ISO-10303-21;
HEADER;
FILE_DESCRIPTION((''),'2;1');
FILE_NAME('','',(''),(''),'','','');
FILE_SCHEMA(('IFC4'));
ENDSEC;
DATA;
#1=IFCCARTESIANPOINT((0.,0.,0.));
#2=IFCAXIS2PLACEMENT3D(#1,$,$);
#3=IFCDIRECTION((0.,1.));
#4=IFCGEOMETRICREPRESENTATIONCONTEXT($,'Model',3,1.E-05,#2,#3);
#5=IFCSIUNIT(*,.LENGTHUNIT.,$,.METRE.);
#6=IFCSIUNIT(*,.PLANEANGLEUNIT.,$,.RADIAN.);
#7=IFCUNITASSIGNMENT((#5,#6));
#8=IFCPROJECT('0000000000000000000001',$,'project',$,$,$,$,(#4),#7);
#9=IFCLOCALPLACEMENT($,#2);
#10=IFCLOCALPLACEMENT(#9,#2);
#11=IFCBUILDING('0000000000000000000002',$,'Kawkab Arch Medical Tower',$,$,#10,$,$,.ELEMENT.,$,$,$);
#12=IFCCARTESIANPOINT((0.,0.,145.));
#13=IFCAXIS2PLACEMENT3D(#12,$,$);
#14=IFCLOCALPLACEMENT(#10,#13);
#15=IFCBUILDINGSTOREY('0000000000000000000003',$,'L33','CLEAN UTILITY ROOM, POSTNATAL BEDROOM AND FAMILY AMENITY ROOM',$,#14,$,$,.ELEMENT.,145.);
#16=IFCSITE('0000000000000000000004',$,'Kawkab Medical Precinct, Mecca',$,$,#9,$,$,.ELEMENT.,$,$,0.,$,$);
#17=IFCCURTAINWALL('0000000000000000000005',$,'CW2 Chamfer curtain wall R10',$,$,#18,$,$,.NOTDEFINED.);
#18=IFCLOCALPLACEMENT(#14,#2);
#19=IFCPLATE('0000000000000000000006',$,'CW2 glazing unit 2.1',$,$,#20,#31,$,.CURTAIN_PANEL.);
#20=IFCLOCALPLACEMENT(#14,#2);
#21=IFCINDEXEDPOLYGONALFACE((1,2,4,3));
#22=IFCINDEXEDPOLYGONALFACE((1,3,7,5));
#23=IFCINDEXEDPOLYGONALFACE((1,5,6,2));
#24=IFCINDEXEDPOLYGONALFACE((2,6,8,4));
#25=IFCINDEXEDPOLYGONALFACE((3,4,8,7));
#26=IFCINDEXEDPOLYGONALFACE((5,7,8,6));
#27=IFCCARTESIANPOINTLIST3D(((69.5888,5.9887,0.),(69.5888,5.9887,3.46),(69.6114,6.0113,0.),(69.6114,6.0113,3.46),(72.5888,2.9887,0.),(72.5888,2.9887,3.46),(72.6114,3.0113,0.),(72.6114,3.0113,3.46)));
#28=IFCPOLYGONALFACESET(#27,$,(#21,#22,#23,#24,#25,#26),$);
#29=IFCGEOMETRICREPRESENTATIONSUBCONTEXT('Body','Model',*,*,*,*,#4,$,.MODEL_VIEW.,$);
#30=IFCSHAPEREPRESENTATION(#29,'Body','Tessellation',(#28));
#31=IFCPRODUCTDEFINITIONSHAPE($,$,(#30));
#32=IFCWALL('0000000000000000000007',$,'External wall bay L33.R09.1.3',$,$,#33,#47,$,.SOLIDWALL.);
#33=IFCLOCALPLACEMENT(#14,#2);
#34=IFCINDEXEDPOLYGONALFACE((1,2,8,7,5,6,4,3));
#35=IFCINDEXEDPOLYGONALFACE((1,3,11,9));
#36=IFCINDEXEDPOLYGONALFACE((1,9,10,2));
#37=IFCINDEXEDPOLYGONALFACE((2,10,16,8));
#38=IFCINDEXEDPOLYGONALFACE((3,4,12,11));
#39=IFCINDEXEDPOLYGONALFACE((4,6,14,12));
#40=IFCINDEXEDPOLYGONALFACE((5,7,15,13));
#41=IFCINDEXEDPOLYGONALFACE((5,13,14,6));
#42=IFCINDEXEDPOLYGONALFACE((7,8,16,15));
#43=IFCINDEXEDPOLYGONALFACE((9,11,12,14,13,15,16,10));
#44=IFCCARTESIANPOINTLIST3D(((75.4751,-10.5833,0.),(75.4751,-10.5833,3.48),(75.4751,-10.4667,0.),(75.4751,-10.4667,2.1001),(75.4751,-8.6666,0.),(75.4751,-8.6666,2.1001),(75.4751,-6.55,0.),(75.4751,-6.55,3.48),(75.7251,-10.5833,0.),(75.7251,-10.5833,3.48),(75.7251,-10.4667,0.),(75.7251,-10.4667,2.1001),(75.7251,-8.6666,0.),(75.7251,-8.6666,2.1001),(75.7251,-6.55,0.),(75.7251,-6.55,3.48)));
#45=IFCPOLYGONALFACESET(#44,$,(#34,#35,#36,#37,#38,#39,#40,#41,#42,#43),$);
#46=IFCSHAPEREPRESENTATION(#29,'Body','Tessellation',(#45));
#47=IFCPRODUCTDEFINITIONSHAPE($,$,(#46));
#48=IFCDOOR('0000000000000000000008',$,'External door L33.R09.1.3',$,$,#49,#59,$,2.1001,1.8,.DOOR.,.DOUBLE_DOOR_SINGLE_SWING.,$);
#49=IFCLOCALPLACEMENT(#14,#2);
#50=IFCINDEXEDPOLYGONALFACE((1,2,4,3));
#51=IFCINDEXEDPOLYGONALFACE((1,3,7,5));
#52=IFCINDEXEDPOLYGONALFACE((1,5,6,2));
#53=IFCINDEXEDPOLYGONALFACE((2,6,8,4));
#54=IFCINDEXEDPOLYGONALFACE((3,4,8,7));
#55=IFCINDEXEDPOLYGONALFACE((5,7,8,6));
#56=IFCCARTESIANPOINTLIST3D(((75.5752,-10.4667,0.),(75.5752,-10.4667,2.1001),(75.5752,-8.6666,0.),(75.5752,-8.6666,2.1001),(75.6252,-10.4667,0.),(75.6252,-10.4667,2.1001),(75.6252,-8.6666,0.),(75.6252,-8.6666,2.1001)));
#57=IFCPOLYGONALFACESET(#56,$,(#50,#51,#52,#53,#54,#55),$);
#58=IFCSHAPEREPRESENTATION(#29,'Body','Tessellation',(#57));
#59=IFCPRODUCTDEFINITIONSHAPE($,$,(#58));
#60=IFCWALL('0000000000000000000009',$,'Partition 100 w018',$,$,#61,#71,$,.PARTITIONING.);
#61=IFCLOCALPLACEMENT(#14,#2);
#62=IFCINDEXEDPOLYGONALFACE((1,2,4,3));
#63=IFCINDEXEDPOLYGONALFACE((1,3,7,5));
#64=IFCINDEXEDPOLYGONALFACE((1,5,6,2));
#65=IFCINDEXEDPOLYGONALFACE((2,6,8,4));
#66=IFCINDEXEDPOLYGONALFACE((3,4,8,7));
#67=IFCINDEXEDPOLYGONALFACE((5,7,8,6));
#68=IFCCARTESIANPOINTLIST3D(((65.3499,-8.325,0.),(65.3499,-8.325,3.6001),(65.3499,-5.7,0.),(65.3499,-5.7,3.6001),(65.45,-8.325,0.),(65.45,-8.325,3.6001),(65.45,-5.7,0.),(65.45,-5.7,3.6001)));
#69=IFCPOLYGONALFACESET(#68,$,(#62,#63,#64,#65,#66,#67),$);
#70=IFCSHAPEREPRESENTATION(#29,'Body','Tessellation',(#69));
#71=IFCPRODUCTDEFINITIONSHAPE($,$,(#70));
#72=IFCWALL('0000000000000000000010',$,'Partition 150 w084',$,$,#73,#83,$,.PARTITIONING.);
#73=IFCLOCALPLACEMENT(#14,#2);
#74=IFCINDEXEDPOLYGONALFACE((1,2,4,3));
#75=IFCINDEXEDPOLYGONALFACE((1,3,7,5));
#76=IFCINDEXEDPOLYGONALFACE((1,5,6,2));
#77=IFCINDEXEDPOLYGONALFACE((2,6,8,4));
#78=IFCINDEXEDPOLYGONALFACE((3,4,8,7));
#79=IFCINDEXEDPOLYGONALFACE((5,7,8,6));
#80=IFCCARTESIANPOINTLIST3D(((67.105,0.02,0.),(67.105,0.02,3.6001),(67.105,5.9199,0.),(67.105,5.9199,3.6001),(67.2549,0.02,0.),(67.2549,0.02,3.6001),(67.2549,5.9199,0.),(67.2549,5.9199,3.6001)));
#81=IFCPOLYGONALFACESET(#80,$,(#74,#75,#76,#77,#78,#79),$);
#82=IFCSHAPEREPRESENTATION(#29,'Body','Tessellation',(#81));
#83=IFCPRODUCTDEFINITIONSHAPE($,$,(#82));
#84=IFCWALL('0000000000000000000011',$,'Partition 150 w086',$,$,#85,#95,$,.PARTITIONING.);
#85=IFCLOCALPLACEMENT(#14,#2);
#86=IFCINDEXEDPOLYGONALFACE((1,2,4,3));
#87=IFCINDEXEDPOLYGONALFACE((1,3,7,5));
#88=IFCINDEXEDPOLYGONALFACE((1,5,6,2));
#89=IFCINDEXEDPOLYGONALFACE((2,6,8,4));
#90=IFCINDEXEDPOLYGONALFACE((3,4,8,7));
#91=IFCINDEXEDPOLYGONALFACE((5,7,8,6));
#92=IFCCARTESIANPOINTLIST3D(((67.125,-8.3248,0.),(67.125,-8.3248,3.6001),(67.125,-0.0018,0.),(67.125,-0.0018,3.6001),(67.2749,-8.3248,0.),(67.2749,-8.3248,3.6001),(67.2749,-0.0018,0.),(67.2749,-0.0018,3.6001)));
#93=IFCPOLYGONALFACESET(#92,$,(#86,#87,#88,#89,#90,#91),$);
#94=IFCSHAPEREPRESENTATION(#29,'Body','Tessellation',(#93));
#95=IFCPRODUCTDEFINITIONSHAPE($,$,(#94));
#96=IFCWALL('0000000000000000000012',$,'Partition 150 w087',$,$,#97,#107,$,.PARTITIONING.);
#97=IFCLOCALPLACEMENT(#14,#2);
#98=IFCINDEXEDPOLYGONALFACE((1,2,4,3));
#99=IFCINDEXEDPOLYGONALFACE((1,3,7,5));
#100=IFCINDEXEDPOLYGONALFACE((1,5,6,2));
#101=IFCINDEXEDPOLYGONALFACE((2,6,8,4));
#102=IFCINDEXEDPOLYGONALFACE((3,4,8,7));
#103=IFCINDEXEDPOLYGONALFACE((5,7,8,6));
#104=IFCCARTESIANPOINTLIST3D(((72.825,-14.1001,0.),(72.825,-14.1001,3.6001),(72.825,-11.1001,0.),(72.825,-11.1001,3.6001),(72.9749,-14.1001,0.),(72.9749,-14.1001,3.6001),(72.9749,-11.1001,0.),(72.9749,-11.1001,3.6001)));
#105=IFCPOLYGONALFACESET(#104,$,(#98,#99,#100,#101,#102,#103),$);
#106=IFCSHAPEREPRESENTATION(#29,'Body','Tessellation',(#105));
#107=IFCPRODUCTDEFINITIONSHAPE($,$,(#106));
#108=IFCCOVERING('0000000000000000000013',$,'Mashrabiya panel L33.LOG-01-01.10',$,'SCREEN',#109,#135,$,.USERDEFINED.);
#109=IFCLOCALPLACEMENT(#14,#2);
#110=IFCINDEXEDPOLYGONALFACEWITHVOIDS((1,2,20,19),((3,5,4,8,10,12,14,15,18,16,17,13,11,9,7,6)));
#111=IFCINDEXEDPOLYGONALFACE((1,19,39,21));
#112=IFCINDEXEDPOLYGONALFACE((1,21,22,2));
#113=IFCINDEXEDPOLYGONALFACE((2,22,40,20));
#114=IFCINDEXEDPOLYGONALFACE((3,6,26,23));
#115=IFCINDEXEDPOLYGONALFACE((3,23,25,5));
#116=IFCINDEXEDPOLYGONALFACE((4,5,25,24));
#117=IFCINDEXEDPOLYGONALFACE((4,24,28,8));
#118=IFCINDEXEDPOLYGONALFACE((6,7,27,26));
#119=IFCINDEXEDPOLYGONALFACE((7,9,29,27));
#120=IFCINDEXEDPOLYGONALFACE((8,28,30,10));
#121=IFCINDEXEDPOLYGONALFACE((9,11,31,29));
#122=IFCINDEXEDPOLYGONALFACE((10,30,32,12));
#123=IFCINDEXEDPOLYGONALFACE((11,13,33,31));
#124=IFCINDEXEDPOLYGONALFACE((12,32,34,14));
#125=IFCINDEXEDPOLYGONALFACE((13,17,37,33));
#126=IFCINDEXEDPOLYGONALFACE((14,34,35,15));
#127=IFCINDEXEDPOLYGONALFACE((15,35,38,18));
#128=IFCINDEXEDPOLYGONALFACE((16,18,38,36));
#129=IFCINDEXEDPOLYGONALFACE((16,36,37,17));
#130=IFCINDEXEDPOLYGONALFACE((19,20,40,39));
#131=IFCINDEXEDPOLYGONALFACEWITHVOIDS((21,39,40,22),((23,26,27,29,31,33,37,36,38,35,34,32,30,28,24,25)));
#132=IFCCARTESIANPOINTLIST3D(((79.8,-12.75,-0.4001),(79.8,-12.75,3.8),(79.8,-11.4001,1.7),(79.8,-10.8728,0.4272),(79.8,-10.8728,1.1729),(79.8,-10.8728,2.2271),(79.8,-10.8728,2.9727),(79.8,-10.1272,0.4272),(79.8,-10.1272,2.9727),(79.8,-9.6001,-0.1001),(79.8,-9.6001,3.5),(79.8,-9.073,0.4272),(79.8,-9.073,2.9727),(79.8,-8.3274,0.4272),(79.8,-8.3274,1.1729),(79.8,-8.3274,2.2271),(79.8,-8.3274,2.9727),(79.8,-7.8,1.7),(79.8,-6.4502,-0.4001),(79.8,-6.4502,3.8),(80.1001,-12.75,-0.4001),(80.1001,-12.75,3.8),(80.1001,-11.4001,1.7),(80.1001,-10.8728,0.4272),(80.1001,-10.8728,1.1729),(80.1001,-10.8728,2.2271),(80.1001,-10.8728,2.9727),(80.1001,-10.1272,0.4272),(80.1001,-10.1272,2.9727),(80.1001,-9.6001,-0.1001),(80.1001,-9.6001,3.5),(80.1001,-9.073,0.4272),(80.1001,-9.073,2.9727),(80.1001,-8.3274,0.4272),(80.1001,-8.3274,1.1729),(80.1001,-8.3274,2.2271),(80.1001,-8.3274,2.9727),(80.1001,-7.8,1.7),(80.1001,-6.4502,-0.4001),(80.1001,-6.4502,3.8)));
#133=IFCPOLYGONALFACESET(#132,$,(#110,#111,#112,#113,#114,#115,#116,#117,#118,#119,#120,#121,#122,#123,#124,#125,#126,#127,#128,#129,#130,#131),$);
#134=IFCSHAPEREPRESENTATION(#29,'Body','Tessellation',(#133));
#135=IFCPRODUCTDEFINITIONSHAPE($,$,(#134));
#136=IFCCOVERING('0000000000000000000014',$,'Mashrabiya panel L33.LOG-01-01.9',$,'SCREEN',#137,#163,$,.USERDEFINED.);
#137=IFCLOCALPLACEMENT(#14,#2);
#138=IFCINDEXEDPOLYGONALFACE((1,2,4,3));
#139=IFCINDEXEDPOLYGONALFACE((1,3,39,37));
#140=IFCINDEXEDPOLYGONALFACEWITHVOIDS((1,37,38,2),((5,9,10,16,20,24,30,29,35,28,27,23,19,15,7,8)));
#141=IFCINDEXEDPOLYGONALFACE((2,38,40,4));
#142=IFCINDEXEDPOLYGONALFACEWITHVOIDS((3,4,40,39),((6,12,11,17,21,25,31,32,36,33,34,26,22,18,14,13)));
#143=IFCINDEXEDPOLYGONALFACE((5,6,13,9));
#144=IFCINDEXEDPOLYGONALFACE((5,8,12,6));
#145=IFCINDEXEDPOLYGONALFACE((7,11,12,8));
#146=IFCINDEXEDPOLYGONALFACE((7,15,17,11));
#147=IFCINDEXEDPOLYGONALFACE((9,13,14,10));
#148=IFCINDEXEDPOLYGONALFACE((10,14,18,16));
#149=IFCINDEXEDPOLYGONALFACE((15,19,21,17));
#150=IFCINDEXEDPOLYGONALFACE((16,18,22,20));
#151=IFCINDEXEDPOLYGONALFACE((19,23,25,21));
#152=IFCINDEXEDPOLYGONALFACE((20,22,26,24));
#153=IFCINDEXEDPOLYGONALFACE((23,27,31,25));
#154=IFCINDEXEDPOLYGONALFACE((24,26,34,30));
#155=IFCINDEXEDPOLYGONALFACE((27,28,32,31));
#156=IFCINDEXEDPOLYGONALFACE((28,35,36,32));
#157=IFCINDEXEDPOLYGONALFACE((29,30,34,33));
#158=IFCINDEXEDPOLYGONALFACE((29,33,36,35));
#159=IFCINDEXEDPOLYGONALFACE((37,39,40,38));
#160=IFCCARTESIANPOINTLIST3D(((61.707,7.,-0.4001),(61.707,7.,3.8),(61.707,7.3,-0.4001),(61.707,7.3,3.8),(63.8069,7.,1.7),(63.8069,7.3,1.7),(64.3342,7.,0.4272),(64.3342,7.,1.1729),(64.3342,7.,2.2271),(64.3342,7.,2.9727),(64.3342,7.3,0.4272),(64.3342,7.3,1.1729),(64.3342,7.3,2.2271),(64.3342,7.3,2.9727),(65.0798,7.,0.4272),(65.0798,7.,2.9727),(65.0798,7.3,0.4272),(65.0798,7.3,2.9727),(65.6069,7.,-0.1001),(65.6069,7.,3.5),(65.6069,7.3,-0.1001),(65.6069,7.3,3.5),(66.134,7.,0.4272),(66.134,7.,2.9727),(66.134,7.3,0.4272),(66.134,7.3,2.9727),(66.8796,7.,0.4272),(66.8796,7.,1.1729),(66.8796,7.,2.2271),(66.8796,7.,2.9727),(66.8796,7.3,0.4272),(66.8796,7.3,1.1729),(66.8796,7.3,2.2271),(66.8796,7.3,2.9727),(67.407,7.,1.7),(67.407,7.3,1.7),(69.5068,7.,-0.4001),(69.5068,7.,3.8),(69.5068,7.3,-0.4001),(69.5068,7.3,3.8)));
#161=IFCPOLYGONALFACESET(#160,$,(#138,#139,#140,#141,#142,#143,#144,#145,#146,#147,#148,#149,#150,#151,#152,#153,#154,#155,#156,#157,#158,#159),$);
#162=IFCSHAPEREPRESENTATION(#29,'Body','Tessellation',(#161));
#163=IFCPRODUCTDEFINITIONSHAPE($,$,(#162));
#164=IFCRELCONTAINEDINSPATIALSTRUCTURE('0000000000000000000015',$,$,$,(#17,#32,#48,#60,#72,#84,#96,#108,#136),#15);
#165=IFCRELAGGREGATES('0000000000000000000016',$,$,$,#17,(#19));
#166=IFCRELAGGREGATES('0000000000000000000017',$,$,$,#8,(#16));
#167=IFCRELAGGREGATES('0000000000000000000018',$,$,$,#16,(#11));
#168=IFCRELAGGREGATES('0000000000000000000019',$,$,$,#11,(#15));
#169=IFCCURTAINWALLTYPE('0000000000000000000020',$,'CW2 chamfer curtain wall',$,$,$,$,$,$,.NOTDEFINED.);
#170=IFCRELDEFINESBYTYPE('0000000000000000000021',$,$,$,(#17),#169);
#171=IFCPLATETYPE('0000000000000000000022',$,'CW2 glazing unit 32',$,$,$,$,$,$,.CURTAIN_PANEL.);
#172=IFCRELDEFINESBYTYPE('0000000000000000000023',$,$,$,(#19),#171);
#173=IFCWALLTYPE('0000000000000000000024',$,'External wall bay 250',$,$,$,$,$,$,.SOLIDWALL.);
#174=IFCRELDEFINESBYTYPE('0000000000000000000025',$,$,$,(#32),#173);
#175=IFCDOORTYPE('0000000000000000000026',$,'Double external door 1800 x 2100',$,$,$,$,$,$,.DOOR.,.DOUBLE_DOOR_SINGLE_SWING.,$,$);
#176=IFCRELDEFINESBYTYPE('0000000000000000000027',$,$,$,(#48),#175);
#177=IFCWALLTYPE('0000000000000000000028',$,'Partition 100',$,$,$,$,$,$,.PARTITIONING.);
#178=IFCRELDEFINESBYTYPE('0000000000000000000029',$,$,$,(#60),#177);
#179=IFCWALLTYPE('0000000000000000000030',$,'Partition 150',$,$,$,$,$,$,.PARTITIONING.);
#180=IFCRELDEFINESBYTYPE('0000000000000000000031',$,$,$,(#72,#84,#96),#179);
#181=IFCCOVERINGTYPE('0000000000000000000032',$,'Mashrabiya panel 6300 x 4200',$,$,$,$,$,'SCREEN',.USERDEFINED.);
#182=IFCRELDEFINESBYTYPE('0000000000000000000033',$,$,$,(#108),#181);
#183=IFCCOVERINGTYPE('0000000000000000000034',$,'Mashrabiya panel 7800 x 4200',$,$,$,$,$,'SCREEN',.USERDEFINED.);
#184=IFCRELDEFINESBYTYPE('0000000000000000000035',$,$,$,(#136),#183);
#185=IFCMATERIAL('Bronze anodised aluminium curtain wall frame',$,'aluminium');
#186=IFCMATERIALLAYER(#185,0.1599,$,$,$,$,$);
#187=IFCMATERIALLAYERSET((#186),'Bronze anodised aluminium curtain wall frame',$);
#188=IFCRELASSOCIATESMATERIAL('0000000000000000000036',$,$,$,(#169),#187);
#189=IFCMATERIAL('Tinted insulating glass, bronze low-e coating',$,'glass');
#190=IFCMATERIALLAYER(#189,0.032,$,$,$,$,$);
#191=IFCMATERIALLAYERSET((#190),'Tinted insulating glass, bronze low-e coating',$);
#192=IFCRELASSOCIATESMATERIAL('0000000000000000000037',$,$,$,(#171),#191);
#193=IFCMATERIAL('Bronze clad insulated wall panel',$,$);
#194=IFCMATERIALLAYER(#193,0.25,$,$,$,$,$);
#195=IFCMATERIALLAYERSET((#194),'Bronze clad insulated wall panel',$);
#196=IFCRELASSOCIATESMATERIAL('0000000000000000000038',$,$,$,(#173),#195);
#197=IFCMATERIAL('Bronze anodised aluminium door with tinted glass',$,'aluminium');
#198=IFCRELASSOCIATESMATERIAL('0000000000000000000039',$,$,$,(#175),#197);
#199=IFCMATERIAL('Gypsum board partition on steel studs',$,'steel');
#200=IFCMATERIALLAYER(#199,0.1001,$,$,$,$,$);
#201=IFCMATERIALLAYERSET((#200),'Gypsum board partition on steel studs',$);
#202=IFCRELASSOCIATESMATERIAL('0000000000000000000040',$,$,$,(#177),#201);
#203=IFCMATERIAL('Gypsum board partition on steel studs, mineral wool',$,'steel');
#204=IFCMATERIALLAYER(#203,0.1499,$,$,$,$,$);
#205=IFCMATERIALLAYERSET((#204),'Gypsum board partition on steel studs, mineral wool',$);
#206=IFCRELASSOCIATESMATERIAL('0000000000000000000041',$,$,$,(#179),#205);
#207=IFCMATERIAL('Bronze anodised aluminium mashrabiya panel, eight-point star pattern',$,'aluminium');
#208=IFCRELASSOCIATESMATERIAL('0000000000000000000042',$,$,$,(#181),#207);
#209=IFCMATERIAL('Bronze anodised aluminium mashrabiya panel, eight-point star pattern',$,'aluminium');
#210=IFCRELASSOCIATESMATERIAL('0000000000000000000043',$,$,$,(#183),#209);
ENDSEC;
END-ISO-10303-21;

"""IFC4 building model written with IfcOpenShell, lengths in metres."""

from ifc_helpers import new_model, si_unit, direction, frame, frame_2d, origin, origin_2d, place, context, subcontext, project, spatial, polyline, rectangle, outline, extrude, material, layer, layer_set, material_profile, profile_set, type_object, element, fill, aggregate, save


model = new_model("IFC4")

# Units and contexts
model_context = context("Model", 3, precision=1e-05, world=origin(), true_north=direction((0.0, 1.0)))
body_context = subcontext(model_context, "Body", "Model", "MODEL_VIEW")
ifc_project = project(units=[si_unit("LENGTHUNIT", "METRE"), si_unit("PLANEANGLEUNIT", "RADIAN")], contexts=[model_context])

# Site, building, storey
site_placement = place(None, origin())
site = spatial("IfcSite", under=ifc_project, at=site_placement, Name="Kawkab Medical Precinct, Mecca", CompositionType="ELEMENT", RefElevation=0.0)
building_placement = place(site_placement, origin())
building = spatial("IfcBuilding", under=site, at=building_placement, Name="Kawkab Arch Medical Tower", CompositionType="ELEMENT")
storey_placement = place(building_placement, frame((0.0, 0.0, 145.0)))
storey = spatial("IfcBuildingStorey", under=building, at=storey_placement, Name="L33", Description="CLEAN UTILITY ROOM, POSTNATAL BEDROOM AND FAMILY AMENITY ROOM", CompositionType="ELEMENT", Elevation=145.0)

# Shared definitions
placement = place(storey_placement, origin())

# Curtain wall
ifc_material_1 = material(Name="Bronze anodised aluminium curtain wall frame", Category="aluminium")
ifc_layer_1 = layer(ifc_material_1, 0.1599)
ifc_layer_set_1 = layer_set([ifc_layer_1], Name="Bronze anodised aluminium curtain wall frame")
curtain_wall_type_1 = type_object("IfcCurtainWallType", Name="CW2 chamfer curtain wall", PredefinedType="NOTDEFINED", material=ifc_layer_set_1)
curtain_wall_1 = element("IfcCurtainWall", 1, at=placement, inside=storey, type_object=curtain_wall_type_1, Name="CW2 Chamfer curtain wall R10", PredefinedType="NOTDEFINED")

# Plate
ifc_material_2 = material(Name="Tinted insulating glass, bronze low-e coating", Category="glass")
ifc_layer_2 = layer(ifc_material_2, 0.032)
ifc_layer_set_2 = layer_set([ifc_layer_2], Name="Tinted insulating glass, bronze low-e coating")
plate_type_1 = type_object("IfcPlateType", Name="CW2 glazing unit 32", PredefinedType="CURTAIN_PANEL", material=ifc_layer_set_2)
plate_1_placement = place(storey_placement, frame((71.1001, 4.5, 0.0), z_axis=(0.0, 0.0, 1.0), x_axis=(-0.707107, 0.707107, 0.0)))
plate_1 = element("IfcPlate", 2, at=plate_1_placement, type_object=plate_type_1, Name="CW2 glazing unit 2.1", PredefinedType="CURTAIN_PANEL", context=body_context, shape_type="SweptSolid", body=[
    extrude(rectangle(XDim=4.2427, YDim=0.032, at=origin_2d()), origin(), (0.0, 0.0, 1.0), 3.46),
])
aggregate(curtain_wall_1, [plate_1])

# Wall, opening, door
ifc_material_3 = material(Name="Bronze clad insulated wall panel")
ifc_layer_3 = layer(ifc_material_3, 0.25)
ifc_layer_set_3 = layer_set([ifc_layer_3], Name="Bronze clad insulated wall panel")
wall_type_1 = type_object("IfcWallType", Name="External wall bay 250", PredefinedType="SOLIDWALL", material=ifc_layer_set_3)
wall_1_placement = place(storey_placement, frame((75.6001, -10.5833, 0.0), z_axis=(0.0, 0.0, 1.0), x_axis=(0.0, 1.0, 0.0)))
wall_1 = element("IfcWall", 3, at=wall_1_placement, inside=storey, type_object=wall_type_1, Name="External wall bay L33.R09.1.3", PredefinedType="SOLIDWALL", context=body_context, shape_type="SweptSolid", body=[
    extrude(rectangle(XDim=4.0332, YDim=0.25, at=frame_2d((2.0166, 0.0))), origin(), (0.0, 0.0, 1.0), 3.48),
])
opening_placement = place(wall_1_placement, frame((0.1167, 0.0, 0.0)))
opening = element("IfcOpeningElement", 4, at=opening_placement, cuts=wall_1, PredefinedType="OPENING", context=body_context, shape_type="SweptSolid", body=[
    extrude(rectangle(XDim=1.8, YDim=2.1001, at=frame_2d((0.8999, 1.05))), frame((0.0, 0.135, 0.0), z_axis=(0.0, -1.0, 0.0), x_axis=(1.0, 0.0, 0.0)), (0.0, 0.0, 1.0), 0.27),
])
ifc_material_4 = material(Name="Bronze anodised aluminium door with tinted glass", Category="aluminium")
door_type = type_object("IfcDoorType", Name="Double external door 1800 x 2100", OperationType="DOUBLE_DOOR_SINGLE_SWING", PredefinedType="DOOR", material=ifc_material_4)
door_placement = place(opening_placement, origin())
door = element("IfcDoor", 5, at=door_placement, inside=storey, type_object=door_type, Name="External door L33.R09.1.3", OperationType="DOUBLE_DOOR_SINGLE_SWING", OverallHeight=2.1001, OverallWidth=1.8, PredefinedType="DOOR", context=body_context, shape_type="SweptSolid", body=[
    extrude(rectangle(XDim=1.8, YDim=2.1001, at=frame_2d((0.8999, 1.05))), frame((0.0, 0.0249, 0.0), z_axis=(0.0, -1.0, 0.0), x_axis=(1.0, 0.0, 0.0)), (0.0, 0.0, 1.0), 0.05),
])
fill(opening, door)

# Walls
ifc_material_5 = material(Name="Gypsum board partition on steel studs", Category="steel")
ifc_layer_4 = layer(ifc_material_5, 0.1001)
ifc_layer_set_4 = layer_set([ifc_layer_4], Name="Gypsum board partition on steel studs")
wall_type_2 = type_object("IfcWallType", Name="Partition 100", PredefinedType="PARTITIONING", material=ifc_layer_set_4)
wall_2_placement = place(storey_placement, frame((65.3999, -8.325, 0.0), z_axis=(0.0, 0.0, 1.0), x_axis=(0.0, 1.0, 0.0)))
element("IfcWall", 6, at=wall_2_placement, inside=storey, type_object=wall_type_2, Name="Partition 100 w018", PredefinedType="PARTITIONING", context=body_context, shape_type="SweptSolid", body=[
    extrude(rectangle(XDim=2.625, YDim=0.1001, at=frame_2d((1.3125, 0.0))), origin(), (0.0, 0.0, 1.0), 3.6001),
])
ifc_material_6 = material(Name="Gypsum board partition on steel studs, mineral wool", Category="steel")
ifc_layer_5 = layer(ifc_material_6, 0.1499)
ifc_layer_set_5 = layer_set([ifc_layer_5], Name="Gypsum board partition on steel studs, mineral wool")
wall_type_3 = type_object("IfcWallType", Name="Partition 150", PredefinedType="PARTITIONING", material=ifc_layer_set_5)
wall_3_placement = place(storey_placement, frame((67.1799, 0.02, 0.0), z_axis=(0.0, 0.0, 1.0), x_axis=(0.0, 1.0, 0.0)))
element("IfcWall", 7, at=wall_3_placement, inside=storey, type_object=wall_type_3, Name="Partition 150 w084", PredefinedType="PARTITIONING", context=body_context, shape_type="SweptSolid", body=[
    extrude(rectangle(XDim=5.8999, YDim=0.1499, at=frame_2d((2.95, 0.0))), origin(), (0.0, 0.0, 1.0), 3.6001),
])
wall_4_placement = place(storey_placement, frame((67.2, -8.325, 0.0), z_axis=(0.0, 0.0, 1.0), x_axis=(0.0, 1.0, 0.0)))
element("IfcWall", 8, at=wall_4_placement, inside=storey, type_object=wall_type_3, Name="Partition 150 w086", PredefinedType="PARTITIONING", context=body_context, shape_type="SweptSolid", body=[
    extrude(rectangle(XDim=8.323, YDim=0.1499, at=frame_2d((4.1616, 0.0))), origin(), (0.0, 0.0, 1.0), 3.6001),
])
wall_5_placement = place(storey_placement, frame((72.8999, -14.1001, 0.0), z_axis=(0.0, 0.0, 1.0), x_axis=(0.0, 1.0, 0.0)))
element("IfcWall", 9, at=wall_5_placement, inside=storey, type_object=wall_type_3, Name="Partition 150 w087", PredefinedType="PARTITIONING", context=body_context, shape_type="SweptSolid", body=[
    extrude(rectangle(XDim=3.0, YDim=0.1499, at=frame_2d((1.5, 0.0))), origin(), (0.0, 0.0, 1.0), 3.6001),
])

# Coverings
ifc_material_7 = material(Name="Bronze anodised aluminium mashrabiya panel, eight-point star pattern", Category="aluminium")
ifc_material_profile_1 = material_profile(ifc_material_7, outline(polyline([(-3.1499, -2.1001), (3.1499, -2.1001), (3.1499, 2.1001), (-3.1499, 2.1001), (-3.1499, -2.1001)]), holes=[polyline([(1.8, 0.0), (1.2727, 0.5271), (1.2727, 1.2727), (0.5271, 1.2727), (0.0, 1.8), (-0.5271, 1.2727), (-1.2727, 1.2727), (-1.2727, 0.5271), (-1.8, 0.0), (-1.2727, -0.5271), (-1.2727, -1.2727), (-0.5271, -1.2727), (0.0, -1.8), (0.5271, -1.2727), (1.2727, -1.2727), (1.2727, -0.5271), (1.8, 0.0)])]), Name="Mashrabiya panel 6300x4200")
ifc_profile_set_1 = profile_set([ifc_material_profile_1], Name="Bronze anodised aluminium mashrabiya panel, eight-point star pattern")
covering_type_1 = type_object("IfcCoveringType", Name="Mashrabiya panel 6300 x 4200", ElementType="SCREEN", PredefinedType="USERDEFINED", material=ifc_profile_set_1)
covering_1_placement = place(storey_placement, frame((79.8, -9.6001, 1.7), z_axis=(1.0, 0.0, 0.0), x_axis=(0.0, 1.0, 0.0)))
element("IfcCovering", 10, at=covering_1_placement, inside=storey, type_object=covering_type_1, Name="Mashrabiya panel L33.LOG-01-01.10", ObjectType="SCREEN", PredefinedType="USERDEFINED", context=body_context, shape_type="SweptSolid", body=[
    extrude(outline(polyline([(-3.1499, -2.1001), (3.1499, -2.1001), (3.1499, 2.1001), (-3.1499, 2.1001), (-3.1499, -2.1001)]), holes=[polyline([(1.8, 0.0), (1.2727, 0.5271), (1.2727, 1.2727), (0.5271, 1.2727), (0.0, 1.8), (-0.5271, 1.2727), (-1.2727, 1.2727), (-1.2727, 0.5271), (-1.8, 0.0), (-1.2727, -0.5271), (-1.2727, -1.2727), (-0.5271, -1.2727), (0.0, -1.8), (0.5271, -1.2727), (1.2727, -1.2727), (1.2727, -0.5271), (1.8, 0.0)])]), origin(), (0.0, 0.0, 1.0), 0.3),
])
ifc_material_8 = material(Name="Bronze anodised aluminium mashrabiya panel, eight-point star pattern", Category="aluminium")
ifc_material_profile_2 = material_profile(ifc_material_8, outline(polyline([(-3.8999, -2.1001), (3.8999, -2.1001), (3.8999, 2.1001), (-3.8999, 2.1001), (-3.8999, -2.1001)]), holes=[polyline([(1.8, 0.0), (1.2727, 0.5271), (1.2727, 1.2727), (0.5271, 1.2727), (0.0, 1.8), (-0.5271, 1.2727), (-1.2727, 1.2727), (-1.2727, 0.5271), (-1.8, 0.0), (-1.2727, -0.5271), (-1.2727, -1.2727), (-0.5271, -1.2727), (0.0, -1.8), (0.5271, -1.2727), (1.2727, -1.2727), (1.2727, -0.5271), (1.8, 0.0)])]), Name="Mashrabiya panel 7800x4200")
ifc_profile_set_2 = profile_set([ifc_material_profile_2], Name="Bronze anodised aluminium mashrabiya panel, eight-point star pattern")
covering_type_2 = type_object("IfcCoveringType", Name="Mashrabiya panel 7800 x 4200", ElementType="SCREEN", PredefinedType="USERDEFINED", material=ifc_profile_set_2)
covering_2_placement = place(storey_placement, frame((65.6069, 7.0, 1.7), z_axis=(0.0, 1.0, 0.0), x_axis=(-1.0, 0.0, 0.0)))
element("IfcCovering", 11, at=covering_2_placement, inside=storey, type_object=covering_type_2, Name="Mashrabiya panel L33.LOG-01-01.9", ObjectType="SCREEN", PredefinedType="USERDEFINED", context=body_context, shape_type="SweptSolid", body=[
    extrude(outline(polyline([(-3.8999, -2.1001), (3.8999, -2.1001), (3.8999, 2.1001), (-3.8999, 2.1001), (-3.8999, -2.1001)]), holes=[polyline([(1.8, 0.0), (1.2727, 0.5271), (1.2727, 1.2727), (0.5271, 1.2727), (0.0, 1.8), (-0.5271, 1.2727), (-1.2727, 1.2727), (-1.2727, 0.5271), (-1.8, 0.0), (-1.2727, -0.5271), (-1.2727, -1.2727), (-0.5271, -1.2727), (0.0, -1.8), (0.5271, -1.2727), (1.2727, -1.2727), (1.2727, -0.5271), (1.8, 0.0)])]), origin(), (0.0, 0.0, 1.0), 0.3),
])

save(model, "model.ifc")
